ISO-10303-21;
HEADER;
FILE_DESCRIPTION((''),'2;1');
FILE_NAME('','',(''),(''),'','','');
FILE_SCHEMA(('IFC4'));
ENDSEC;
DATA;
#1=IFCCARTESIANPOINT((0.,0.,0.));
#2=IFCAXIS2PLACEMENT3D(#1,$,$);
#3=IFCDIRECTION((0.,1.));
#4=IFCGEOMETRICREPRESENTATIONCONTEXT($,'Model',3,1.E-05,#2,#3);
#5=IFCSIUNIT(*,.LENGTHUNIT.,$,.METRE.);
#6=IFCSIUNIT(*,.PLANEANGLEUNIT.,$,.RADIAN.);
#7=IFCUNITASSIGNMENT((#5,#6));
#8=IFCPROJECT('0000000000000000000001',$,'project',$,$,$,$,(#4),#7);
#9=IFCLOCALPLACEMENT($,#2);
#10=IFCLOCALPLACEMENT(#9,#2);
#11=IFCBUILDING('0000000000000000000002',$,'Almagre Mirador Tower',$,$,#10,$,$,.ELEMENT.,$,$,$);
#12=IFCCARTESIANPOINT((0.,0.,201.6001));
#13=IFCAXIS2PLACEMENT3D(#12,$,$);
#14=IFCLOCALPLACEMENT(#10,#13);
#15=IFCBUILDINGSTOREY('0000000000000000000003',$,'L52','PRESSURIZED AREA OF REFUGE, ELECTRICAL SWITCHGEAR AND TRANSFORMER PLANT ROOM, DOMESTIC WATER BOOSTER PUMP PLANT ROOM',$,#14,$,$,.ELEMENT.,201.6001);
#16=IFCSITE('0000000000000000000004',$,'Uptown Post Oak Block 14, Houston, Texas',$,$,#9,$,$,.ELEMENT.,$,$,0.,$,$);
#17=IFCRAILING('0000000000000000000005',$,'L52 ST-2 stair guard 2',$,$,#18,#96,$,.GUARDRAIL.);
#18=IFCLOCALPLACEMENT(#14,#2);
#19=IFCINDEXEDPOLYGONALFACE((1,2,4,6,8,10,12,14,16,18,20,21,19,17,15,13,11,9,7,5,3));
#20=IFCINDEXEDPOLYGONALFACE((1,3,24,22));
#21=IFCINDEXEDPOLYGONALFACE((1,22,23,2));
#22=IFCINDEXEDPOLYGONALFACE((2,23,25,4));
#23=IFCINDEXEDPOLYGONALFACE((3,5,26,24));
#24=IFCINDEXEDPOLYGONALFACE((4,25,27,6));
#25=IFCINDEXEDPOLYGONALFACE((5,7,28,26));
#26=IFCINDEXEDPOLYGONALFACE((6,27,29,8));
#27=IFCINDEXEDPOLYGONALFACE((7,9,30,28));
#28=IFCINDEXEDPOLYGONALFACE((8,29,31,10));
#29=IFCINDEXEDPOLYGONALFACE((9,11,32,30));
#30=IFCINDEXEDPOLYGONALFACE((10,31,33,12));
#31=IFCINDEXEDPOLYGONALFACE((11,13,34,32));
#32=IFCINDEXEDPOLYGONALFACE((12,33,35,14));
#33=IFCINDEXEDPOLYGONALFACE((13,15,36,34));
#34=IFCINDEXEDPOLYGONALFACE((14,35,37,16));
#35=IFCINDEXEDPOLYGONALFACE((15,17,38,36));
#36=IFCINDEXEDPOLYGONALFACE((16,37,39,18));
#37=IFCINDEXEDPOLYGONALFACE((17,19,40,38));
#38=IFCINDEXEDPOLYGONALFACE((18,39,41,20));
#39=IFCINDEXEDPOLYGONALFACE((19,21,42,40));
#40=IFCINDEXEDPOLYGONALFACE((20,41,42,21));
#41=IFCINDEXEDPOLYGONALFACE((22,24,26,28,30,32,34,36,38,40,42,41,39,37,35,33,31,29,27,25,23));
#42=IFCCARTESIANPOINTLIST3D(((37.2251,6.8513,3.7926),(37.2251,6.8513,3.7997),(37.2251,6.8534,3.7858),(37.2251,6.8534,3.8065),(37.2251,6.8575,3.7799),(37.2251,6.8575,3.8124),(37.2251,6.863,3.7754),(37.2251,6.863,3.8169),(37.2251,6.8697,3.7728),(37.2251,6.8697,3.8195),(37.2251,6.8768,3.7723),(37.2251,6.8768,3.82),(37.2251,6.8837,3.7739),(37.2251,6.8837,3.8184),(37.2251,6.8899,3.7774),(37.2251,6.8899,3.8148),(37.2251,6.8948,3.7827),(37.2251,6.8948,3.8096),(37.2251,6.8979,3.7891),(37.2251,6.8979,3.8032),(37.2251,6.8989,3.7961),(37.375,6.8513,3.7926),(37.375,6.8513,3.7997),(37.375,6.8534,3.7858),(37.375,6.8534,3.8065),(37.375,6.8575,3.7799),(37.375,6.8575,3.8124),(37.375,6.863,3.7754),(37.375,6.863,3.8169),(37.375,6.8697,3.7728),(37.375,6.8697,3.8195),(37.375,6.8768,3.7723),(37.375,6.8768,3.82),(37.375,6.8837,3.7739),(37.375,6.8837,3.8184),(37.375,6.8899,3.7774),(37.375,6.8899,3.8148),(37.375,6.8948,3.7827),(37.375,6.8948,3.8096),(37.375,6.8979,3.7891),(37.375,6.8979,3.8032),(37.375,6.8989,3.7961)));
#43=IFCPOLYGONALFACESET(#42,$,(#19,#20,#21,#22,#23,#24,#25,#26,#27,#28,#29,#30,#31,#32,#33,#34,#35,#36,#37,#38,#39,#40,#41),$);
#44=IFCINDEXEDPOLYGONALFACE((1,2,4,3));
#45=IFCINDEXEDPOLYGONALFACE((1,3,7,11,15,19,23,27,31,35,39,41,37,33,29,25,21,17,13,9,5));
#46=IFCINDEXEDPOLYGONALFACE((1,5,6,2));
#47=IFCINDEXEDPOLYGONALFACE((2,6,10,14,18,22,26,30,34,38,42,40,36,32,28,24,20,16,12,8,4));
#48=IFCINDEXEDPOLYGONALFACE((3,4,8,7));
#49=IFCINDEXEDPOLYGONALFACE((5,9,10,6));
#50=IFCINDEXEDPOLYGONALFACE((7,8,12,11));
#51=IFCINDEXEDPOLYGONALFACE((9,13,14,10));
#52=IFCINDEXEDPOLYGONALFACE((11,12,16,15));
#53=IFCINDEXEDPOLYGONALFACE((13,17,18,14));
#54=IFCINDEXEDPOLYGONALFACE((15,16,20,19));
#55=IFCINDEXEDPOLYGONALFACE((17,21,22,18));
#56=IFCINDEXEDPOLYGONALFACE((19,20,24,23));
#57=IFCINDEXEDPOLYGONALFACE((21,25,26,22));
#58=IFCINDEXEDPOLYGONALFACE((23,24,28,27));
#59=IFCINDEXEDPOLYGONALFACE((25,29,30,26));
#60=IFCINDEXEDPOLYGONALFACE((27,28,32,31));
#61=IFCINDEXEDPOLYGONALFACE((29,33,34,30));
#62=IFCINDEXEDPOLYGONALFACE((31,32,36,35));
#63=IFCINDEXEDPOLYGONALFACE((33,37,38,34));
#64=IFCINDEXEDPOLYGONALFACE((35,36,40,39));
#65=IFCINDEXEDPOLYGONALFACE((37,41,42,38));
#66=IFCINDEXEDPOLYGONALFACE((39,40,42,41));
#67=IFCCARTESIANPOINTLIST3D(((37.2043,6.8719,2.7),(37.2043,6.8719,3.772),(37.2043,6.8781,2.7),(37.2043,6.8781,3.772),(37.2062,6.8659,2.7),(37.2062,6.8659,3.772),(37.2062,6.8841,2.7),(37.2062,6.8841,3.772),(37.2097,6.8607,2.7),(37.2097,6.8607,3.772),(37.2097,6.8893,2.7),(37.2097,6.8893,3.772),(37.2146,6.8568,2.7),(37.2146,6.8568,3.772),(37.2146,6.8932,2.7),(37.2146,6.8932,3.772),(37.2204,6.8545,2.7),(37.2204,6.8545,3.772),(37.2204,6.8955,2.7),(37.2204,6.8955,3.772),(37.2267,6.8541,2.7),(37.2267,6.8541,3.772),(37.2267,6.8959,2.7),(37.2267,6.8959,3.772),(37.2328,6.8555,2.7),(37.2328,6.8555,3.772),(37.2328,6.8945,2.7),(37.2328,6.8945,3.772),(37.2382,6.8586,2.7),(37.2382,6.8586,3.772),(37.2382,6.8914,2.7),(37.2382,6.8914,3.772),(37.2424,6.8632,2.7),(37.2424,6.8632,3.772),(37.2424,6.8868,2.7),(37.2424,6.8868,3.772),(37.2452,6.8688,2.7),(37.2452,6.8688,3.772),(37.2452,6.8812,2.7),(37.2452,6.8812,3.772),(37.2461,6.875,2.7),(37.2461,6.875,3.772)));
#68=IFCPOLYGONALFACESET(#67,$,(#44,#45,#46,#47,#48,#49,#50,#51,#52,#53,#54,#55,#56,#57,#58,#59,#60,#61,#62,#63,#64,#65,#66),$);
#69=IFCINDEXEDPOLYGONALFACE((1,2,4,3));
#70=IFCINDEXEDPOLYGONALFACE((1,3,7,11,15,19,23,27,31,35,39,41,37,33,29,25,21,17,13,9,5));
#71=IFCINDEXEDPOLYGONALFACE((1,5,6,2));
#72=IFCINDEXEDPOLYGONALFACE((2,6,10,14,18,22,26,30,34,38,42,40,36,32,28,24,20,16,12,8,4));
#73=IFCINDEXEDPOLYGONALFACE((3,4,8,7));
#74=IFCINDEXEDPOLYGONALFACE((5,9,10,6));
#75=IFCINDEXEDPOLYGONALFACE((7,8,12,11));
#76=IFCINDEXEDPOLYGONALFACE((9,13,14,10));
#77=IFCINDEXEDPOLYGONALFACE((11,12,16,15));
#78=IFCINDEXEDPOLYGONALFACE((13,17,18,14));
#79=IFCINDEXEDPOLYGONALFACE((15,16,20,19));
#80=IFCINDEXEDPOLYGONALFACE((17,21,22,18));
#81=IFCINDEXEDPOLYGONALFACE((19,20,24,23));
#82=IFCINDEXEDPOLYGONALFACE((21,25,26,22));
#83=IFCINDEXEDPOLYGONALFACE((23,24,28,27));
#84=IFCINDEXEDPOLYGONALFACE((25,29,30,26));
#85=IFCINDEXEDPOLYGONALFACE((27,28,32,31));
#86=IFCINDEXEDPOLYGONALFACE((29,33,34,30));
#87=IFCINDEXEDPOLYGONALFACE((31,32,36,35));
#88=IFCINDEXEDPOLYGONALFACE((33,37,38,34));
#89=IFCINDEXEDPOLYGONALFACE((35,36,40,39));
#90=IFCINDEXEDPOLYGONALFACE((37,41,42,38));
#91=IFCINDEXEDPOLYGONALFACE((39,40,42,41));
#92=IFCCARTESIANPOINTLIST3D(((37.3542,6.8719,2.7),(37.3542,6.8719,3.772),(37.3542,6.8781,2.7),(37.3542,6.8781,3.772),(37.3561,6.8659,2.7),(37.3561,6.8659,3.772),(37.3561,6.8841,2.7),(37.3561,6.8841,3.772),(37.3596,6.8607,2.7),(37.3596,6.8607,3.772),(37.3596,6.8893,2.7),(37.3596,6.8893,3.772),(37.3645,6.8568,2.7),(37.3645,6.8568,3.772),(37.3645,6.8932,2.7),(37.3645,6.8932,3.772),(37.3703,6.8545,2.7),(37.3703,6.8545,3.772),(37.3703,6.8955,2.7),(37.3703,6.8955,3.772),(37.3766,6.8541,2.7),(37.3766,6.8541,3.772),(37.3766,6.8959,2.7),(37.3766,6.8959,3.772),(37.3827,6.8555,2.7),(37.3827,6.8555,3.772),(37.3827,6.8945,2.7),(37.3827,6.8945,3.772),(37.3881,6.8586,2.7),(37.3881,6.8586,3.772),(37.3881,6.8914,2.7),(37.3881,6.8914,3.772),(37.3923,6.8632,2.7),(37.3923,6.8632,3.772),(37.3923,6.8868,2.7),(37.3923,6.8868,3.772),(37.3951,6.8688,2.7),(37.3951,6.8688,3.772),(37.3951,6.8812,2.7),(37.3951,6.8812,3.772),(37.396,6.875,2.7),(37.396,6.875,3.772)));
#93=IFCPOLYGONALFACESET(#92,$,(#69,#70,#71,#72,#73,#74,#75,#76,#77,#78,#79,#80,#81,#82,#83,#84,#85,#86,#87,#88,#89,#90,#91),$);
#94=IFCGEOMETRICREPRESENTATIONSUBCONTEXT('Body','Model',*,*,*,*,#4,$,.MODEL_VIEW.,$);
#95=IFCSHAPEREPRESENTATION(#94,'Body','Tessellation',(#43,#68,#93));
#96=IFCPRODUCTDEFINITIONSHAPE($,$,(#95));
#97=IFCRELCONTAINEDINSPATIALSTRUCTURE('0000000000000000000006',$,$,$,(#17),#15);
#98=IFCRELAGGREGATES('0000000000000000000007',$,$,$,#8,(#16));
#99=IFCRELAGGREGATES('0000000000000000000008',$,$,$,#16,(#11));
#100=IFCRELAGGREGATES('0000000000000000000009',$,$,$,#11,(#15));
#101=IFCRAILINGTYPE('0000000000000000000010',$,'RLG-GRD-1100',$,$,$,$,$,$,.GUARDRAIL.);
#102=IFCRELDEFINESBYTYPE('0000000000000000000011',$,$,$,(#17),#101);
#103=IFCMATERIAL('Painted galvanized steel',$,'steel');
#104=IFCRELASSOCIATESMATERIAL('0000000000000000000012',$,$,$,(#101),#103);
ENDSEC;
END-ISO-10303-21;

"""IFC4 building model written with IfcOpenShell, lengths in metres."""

from ifc_helpers import new_model, si_unit, direction, frame, origin, origin_2d, place, context, subcontext, project, spatial, circle, extrude, material, type_object, element, save


model = new_model("IFC4")

# Units and contexts
model_context = context("Model", 3, precision=1e-05, world=origin(), true_north=direction((0.0, 1.0)))
body_context = subcontext(model_context, "Body", "Model", "MODEL_VIEW")
ifc_project = project(units=[si_unit("LENGTHUNIT", "METRE"), si_unit("PLANEANGLEUNIT", "RADIAN")], contexts=[model_context])

# Site, building, storey
site_placement = place(None, origin())
site = spatial("IfcSite", under=ifc_project, at=site_placement, Name="Uptown Post Oak Block 14, Houston, Texas", CompositionType="ELEMENT", RefElevation=0.0)
building_placement = place(site_placement, origin())
building = spatial("IfcBuilding", under=site, at=building_placement, Name="Almagre Mirador Tower", CompositionType="ELEMENT")
storey_placement = place(building_placement, frame((0.0, 0.0, 201.6001)))
storey = spatial("IfcBuildingStorey", under=building, at=storey_placement, Name="L52", Description="PRESSURIZED AREA OF REFUGE, ELECTRICAL SWITCHGEAR AND TRANSFORMER PLANT ROOM, DOMESTIC WATER BOOSTER PUMP PLANT ROOM", CompositionType="ELEMENT", Elevation=201.6001)

# Railing
ifc_material_1 = material(Name="Painted galvanized steel", Category="steel")
railing_type_1 = type_object("IfcRailingType", Name="RLG-GRD-1100", PredefinedType="GUARDRAIL", material=ifc_material_1)
railing_1_placement = place(storey_placement, frame((37.2251, 6.875, 2.7)))
element("IfcRailing", 1, at=railing_1_placement, inside=storey, type_object=railing_type_1, Name="L52 ST-2 stair guard 2", PredefinedType="GUARDRAIL", context=body_context, shape_type="SweptSolid", body=[
    extrude(circle(Radius=0.0239, at=origin_2d()), frame((0.0, 0.0, 1.0962), z_axis=(1.0, 0.0, 0.0), x_axis=(0.0, 1.0, 0.0)), (0.0, 0.0, 1.0), 0.1499),
    extrude(circle(Radius=0.021, at=origin_2d()), origin(), (0.0, 0.0, 1.0), 1.072),
    extrude(circle(Radius=0.021, at=origin_2d()), frame((0.1499, 0.0, 0.0)), (0.0, 0.0, 1.0), 1.072),
])

save(model, "model.ifc")
